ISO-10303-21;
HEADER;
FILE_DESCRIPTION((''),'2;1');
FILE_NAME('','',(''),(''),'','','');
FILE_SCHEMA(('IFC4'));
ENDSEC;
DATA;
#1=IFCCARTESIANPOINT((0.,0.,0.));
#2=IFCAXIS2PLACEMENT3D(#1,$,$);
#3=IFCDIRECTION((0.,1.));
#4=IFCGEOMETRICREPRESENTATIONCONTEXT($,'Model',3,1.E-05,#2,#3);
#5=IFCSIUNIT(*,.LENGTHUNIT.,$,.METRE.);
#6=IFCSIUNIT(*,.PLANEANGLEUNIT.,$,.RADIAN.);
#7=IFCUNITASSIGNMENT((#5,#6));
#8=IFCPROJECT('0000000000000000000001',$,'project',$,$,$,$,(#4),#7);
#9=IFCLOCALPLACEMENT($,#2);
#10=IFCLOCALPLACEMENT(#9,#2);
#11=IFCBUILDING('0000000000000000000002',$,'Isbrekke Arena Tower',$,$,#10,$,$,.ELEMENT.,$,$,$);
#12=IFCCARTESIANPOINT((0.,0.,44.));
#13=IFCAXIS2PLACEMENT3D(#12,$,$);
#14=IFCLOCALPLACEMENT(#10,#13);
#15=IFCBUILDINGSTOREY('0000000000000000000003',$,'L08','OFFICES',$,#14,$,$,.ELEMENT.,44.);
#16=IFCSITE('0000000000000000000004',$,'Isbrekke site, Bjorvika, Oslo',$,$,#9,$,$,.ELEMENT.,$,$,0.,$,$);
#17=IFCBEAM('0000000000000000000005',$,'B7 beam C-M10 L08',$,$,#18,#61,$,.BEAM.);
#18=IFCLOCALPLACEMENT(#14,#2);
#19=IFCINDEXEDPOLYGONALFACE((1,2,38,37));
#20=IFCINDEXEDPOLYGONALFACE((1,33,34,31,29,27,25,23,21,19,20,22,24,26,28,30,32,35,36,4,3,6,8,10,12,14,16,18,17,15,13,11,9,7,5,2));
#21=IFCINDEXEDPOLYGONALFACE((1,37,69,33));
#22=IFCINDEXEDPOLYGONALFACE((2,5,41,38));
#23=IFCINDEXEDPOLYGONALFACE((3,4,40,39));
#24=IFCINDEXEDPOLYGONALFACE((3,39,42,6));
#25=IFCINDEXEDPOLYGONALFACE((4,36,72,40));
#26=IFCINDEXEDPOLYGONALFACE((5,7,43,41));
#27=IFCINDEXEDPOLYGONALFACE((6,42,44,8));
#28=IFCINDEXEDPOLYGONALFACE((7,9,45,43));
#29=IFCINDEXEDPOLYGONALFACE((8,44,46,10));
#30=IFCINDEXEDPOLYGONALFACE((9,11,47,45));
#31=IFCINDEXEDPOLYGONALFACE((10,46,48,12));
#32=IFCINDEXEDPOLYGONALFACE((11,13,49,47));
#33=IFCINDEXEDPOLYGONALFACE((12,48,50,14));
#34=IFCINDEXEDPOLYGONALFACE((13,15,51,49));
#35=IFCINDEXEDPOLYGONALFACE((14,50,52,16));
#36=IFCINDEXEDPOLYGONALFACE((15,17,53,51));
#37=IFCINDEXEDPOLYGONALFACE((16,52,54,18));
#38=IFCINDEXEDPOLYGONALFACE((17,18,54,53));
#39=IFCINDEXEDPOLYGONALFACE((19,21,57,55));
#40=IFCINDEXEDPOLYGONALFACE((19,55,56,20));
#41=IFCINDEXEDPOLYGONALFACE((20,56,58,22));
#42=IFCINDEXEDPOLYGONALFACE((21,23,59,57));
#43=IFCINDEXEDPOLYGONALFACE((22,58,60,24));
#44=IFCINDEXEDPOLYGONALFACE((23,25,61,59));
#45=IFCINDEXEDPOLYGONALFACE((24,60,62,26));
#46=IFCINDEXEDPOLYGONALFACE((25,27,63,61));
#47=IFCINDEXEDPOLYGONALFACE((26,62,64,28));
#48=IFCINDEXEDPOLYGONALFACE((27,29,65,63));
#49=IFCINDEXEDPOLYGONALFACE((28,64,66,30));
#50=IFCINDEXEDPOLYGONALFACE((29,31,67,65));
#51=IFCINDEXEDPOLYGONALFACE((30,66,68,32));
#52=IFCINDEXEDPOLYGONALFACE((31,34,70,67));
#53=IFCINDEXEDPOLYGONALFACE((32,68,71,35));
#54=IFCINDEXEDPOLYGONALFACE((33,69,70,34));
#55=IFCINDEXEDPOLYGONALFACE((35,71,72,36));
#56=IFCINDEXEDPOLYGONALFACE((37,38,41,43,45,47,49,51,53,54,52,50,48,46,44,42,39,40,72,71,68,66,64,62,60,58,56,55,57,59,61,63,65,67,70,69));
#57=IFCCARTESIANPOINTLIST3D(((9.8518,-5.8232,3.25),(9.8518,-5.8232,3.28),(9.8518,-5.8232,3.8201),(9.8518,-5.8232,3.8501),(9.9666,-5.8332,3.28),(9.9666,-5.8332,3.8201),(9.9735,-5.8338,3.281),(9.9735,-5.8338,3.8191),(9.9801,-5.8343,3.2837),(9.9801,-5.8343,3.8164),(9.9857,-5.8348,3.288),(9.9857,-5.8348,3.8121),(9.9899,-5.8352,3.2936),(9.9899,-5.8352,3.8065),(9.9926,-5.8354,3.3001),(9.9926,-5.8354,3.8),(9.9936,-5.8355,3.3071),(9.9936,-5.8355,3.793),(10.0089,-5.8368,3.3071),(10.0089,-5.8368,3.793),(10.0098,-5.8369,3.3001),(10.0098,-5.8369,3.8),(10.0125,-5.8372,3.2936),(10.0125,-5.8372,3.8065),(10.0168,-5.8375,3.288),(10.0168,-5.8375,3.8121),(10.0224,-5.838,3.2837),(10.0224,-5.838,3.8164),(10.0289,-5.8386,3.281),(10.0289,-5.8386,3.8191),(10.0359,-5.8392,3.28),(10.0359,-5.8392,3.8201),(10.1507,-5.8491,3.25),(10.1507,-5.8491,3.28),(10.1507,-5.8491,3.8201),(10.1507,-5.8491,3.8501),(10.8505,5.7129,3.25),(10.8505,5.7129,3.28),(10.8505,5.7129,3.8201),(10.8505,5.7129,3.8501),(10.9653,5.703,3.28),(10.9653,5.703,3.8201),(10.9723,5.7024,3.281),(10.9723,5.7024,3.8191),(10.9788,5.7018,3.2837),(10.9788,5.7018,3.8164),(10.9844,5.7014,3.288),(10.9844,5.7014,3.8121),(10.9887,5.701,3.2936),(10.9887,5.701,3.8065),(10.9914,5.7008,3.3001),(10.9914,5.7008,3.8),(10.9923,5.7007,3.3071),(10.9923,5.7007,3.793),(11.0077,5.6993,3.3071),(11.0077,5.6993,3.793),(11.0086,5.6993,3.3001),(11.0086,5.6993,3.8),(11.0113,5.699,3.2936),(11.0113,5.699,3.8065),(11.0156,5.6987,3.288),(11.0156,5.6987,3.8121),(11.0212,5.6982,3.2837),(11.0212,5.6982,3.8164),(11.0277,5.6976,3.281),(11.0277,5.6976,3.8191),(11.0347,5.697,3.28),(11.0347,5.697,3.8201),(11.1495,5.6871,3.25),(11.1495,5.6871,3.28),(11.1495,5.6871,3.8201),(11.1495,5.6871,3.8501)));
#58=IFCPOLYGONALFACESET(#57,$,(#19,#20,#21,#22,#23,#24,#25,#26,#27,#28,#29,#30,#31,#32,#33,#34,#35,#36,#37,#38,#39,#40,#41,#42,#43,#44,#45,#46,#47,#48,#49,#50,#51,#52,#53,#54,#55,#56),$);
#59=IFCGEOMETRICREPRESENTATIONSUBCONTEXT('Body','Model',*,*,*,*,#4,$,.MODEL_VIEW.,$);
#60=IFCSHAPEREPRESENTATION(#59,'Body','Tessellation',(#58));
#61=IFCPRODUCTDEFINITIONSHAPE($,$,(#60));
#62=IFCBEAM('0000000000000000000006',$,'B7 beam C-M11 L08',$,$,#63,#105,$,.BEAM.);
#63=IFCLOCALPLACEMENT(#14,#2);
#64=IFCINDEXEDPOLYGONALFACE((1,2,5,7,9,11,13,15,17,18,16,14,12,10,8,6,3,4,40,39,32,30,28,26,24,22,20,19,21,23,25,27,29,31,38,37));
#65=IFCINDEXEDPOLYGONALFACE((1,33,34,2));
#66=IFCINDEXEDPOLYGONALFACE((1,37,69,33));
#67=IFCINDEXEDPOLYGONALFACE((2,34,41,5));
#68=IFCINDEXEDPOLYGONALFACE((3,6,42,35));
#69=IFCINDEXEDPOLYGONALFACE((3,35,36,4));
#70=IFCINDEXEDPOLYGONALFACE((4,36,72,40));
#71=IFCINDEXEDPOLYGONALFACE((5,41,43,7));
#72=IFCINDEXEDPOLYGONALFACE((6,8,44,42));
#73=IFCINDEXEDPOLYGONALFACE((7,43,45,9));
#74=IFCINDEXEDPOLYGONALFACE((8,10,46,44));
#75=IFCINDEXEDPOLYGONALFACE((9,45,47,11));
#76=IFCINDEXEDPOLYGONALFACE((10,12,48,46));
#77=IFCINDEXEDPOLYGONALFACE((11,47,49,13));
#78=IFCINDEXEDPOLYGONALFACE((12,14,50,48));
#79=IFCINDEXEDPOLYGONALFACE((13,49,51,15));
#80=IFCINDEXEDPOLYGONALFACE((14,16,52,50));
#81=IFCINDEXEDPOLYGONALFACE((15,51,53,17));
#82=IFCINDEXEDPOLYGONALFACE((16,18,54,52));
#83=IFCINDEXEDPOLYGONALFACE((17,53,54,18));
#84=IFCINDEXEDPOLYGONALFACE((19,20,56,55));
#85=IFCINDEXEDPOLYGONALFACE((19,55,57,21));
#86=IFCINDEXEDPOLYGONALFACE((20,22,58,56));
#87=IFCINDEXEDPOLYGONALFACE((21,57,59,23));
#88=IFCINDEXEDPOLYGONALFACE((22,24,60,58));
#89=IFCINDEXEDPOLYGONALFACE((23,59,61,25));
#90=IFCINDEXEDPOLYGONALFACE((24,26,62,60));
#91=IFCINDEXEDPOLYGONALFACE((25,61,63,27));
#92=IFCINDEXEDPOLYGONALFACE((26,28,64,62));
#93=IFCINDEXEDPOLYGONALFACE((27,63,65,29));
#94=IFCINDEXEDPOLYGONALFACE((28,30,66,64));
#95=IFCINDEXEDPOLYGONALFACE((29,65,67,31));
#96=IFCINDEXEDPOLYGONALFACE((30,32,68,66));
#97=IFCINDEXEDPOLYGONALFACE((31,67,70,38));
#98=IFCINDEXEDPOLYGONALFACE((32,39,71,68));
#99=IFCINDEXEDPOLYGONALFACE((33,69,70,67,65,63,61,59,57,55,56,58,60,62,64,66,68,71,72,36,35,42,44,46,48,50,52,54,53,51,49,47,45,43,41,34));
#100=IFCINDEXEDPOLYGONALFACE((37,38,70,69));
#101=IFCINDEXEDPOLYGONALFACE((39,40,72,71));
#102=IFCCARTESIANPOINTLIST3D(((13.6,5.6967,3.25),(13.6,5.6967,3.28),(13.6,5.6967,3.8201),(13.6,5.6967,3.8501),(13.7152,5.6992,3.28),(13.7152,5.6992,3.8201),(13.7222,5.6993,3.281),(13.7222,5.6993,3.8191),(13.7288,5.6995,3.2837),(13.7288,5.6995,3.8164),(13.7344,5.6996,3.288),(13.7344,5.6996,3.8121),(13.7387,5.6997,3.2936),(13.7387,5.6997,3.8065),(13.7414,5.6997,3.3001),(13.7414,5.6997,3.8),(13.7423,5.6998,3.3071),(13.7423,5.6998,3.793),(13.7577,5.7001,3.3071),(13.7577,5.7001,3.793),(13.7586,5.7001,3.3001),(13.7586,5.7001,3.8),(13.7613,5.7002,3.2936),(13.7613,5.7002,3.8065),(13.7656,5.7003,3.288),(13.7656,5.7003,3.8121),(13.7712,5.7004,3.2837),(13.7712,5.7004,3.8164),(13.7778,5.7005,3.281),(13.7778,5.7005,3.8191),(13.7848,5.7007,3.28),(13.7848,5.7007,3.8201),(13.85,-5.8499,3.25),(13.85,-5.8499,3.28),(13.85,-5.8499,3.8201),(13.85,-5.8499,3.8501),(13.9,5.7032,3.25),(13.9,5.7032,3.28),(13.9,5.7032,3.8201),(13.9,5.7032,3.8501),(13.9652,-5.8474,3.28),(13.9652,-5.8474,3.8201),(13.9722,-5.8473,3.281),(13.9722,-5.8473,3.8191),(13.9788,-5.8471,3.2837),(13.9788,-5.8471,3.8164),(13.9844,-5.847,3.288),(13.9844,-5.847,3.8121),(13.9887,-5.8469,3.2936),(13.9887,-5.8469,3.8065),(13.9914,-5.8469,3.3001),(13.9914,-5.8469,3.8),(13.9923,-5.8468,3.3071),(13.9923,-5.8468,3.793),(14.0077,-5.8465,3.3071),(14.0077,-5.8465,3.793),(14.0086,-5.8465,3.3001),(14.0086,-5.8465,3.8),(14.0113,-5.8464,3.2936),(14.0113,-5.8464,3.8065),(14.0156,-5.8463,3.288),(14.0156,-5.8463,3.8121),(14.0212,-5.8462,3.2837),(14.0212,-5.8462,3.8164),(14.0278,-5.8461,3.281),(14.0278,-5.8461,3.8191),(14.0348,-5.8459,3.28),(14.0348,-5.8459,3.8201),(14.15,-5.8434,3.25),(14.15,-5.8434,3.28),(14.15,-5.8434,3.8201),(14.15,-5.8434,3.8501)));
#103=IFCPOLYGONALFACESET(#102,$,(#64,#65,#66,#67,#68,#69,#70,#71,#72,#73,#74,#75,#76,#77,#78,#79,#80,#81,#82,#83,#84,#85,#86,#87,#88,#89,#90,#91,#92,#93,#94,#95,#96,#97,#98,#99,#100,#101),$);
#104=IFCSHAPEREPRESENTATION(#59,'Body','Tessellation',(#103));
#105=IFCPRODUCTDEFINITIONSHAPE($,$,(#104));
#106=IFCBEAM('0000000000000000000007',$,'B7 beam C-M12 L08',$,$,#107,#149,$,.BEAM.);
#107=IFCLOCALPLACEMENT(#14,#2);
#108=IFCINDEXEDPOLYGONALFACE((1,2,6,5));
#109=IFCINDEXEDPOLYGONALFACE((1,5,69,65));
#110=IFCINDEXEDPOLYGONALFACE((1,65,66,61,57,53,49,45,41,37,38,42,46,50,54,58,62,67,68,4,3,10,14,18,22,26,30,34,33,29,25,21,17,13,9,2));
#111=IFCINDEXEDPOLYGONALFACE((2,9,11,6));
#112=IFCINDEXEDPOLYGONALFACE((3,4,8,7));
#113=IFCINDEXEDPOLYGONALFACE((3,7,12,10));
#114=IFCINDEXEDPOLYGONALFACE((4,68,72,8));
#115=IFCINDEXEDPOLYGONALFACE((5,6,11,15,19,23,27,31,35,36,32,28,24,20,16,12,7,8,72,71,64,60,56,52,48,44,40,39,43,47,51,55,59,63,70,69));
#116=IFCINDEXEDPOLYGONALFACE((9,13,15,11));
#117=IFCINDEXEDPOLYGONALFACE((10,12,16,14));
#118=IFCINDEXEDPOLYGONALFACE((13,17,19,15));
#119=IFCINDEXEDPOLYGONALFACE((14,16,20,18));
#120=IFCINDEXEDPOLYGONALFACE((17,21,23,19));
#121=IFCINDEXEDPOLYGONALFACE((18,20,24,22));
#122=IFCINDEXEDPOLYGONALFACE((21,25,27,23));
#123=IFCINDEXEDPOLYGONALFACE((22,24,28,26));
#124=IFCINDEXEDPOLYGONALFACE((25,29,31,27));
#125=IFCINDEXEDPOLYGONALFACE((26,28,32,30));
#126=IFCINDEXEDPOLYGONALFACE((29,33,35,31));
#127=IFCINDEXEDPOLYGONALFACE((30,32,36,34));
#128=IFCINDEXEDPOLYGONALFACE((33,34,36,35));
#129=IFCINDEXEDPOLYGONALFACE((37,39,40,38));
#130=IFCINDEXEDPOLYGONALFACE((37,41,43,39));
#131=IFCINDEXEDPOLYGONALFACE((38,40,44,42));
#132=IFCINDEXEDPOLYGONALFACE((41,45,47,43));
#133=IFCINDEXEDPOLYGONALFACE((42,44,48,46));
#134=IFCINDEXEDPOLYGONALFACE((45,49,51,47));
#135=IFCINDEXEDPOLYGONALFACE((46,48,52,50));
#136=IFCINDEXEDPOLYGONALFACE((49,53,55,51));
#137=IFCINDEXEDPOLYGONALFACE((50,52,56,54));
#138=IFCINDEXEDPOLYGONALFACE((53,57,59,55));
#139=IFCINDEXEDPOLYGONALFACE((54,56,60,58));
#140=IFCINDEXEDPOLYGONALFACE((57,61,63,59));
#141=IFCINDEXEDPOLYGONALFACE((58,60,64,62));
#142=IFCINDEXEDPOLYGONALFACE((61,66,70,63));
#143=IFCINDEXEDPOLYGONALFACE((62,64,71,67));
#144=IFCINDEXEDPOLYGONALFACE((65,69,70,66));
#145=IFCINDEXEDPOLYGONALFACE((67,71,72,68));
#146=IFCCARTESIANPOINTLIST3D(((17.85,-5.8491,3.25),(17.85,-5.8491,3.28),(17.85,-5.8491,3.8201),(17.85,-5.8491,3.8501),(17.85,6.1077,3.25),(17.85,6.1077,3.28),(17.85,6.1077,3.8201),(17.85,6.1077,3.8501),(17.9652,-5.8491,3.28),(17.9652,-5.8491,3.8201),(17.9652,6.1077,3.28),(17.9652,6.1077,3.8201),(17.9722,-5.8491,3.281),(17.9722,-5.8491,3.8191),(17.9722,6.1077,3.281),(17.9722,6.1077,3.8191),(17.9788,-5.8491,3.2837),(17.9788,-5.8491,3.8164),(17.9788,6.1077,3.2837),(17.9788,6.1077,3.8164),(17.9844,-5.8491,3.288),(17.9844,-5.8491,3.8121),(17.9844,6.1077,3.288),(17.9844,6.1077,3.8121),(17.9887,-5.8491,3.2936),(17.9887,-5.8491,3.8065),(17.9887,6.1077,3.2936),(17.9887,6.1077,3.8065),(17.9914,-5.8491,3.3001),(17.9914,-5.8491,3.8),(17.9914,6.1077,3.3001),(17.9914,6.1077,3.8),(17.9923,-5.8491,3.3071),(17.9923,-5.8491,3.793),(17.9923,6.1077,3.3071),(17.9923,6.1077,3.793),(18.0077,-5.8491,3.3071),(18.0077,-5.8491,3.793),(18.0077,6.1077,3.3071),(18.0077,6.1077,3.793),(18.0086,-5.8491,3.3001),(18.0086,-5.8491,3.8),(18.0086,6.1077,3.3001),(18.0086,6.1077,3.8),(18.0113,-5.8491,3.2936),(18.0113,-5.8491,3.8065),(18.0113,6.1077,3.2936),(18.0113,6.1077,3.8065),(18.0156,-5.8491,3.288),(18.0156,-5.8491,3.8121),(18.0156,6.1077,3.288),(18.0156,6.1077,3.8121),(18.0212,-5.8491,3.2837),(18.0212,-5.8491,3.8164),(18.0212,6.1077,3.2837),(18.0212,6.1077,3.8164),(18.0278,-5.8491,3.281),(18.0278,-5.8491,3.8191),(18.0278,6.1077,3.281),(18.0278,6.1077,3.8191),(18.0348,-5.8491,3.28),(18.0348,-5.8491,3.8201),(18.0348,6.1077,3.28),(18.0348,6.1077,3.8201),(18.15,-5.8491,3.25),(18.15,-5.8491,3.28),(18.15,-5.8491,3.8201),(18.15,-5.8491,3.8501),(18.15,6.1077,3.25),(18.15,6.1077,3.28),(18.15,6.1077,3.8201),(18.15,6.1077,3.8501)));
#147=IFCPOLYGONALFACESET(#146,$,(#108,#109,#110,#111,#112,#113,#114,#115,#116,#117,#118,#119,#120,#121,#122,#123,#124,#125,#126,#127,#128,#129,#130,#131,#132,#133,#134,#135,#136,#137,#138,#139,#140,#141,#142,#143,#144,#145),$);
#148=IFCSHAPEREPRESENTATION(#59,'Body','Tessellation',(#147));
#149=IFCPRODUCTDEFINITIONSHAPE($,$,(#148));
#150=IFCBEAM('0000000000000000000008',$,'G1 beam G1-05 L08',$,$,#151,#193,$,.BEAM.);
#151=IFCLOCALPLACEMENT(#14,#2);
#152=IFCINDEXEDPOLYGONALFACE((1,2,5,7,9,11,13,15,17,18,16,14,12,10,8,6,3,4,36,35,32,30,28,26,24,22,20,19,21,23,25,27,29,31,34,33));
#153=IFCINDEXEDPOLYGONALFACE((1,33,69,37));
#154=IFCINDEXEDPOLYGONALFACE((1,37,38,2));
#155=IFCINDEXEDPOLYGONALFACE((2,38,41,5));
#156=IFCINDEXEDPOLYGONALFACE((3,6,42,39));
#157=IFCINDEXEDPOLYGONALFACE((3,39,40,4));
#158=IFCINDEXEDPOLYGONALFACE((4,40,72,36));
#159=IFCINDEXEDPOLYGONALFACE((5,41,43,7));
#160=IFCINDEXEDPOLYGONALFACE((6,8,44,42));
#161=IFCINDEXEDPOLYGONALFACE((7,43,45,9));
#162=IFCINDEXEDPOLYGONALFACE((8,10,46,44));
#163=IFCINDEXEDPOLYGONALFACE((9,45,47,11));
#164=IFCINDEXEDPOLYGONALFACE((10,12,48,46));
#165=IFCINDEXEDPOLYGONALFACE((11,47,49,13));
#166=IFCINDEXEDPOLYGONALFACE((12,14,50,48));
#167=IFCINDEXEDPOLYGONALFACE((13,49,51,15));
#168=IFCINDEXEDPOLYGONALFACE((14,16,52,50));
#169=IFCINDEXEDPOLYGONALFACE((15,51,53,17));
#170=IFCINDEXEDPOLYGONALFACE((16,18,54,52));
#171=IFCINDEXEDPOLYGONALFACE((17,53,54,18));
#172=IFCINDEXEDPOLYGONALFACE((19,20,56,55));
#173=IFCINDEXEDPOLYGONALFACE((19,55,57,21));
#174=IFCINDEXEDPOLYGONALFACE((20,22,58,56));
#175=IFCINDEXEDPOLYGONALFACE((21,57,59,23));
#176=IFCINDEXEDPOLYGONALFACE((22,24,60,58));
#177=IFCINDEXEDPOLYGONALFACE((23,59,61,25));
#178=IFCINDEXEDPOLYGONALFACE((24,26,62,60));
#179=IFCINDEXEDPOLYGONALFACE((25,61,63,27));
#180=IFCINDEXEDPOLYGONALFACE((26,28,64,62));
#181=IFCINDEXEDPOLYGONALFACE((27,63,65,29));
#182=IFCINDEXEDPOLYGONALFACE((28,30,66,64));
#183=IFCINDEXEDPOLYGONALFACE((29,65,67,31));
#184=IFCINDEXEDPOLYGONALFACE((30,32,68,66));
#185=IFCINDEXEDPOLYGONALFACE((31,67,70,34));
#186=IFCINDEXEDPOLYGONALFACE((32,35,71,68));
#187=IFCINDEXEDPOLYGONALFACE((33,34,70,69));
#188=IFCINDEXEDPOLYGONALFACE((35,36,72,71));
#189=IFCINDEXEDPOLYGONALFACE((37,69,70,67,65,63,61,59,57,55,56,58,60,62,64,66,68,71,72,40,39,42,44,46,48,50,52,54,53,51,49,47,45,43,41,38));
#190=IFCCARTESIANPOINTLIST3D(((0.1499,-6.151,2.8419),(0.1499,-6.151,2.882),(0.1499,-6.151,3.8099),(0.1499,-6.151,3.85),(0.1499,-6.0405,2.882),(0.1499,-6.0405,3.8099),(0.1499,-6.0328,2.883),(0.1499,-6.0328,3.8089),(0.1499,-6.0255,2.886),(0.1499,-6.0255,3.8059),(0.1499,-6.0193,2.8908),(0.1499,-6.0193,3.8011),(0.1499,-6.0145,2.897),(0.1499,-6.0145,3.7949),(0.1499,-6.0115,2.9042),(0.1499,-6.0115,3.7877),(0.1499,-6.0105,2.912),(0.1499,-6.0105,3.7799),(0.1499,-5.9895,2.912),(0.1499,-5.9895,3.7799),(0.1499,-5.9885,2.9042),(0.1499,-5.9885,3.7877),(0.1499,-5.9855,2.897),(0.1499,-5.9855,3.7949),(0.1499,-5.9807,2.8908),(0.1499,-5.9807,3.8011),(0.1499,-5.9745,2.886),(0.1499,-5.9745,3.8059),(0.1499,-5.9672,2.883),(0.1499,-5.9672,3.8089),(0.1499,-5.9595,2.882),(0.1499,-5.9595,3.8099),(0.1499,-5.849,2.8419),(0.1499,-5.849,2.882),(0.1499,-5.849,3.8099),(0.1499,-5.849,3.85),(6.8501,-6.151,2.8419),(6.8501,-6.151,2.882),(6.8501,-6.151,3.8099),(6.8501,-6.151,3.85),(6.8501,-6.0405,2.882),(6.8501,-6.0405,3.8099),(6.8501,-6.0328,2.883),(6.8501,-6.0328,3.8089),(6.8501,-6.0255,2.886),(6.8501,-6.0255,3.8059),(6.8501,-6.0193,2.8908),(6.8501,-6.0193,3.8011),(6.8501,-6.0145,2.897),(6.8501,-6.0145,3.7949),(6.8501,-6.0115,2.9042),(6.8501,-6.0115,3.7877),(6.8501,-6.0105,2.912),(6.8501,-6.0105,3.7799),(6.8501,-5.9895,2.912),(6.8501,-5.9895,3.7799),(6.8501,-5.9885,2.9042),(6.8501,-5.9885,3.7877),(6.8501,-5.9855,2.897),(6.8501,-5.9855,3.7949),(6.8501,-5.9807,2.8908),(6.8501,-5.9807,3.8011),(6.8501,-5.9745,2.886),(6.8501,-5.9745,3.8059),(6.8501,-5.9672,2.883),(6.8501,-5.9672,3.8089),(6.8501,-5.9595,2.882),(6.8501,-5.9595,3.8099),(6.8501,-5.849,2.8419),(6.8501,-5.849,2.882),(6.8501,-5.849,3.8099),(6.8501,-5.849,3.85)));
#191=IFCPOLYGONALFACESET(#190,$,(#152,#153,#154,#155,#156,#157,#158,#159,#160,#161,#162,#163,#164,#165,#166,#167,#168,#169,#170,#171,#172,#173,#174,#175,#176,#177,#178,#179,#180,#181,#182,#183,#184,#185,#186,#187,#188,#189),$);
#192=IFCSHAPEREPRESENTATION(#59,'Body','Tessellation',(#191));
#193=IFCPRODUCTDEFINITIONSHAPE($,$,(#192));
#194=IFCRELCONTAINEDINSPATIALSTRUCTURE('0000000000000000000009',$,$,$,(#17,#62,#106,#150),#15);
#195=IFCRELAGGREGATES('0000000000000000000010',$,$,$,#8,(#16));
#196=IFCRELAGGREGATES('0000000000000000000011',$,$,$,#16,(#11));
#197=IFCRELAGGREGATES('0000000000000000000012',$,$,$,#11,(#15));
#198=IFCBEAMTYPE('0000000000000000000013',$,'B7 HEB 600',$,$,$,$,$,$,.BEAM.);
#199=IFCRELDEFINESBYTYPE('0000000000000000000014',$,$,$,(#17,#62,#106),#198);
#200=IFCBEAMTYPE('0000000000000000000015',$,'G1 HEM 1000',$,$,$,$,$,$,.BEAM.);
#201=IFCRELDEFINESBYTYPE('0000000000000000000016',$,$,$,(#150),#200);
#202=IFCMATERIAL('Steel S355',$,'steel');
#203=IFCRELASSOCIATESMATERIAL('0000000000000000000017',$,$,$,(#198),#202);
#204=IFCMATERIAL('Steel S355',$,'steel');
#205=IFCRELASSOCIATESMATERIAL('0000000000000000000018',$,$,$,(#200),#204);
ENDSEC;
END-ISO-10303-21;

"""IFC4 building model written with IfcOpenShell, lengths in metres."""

from ifc_helpers import new_model, si_unit, direction, frame, origin, origin_2d, place, context, subcontext, project, spatial, i_section, extrude, material, material_profile, profile_set, type_object, element, save


model = new_model("IFC4")

# Units and contexts
model_context = context("Model", 3, precision=1e-05, world=origin(), true_north=direction((0.0, 1.0)))
body_context = subcontext(model_context, "Body", "Model", "MODEL_VIEW")
ifc_project = project(units=[si_unit("LENGTHUNIT", "METRE"), si_unit("PLANEANGLEUNIT", "RADIAN")], contexts=[model_context])

# Site, building, storey
site_placement = place(None, origin())
site = spatial("IfcSite", under=ifc_project, at=site_placement, Name="Isbrekke site, Bjorvika, Oslo", CompositionType="ELEMENT", RefElevation=0.0)
building_placement = place(site_placement, origin())
building = spatial("IfcBuilding", under=site, at=building_placement, Name="Isbrekke Arena Tower", CompositionType="ELEMENT")
storey_placement = place(building_placement, frame((0.0, 0.0, 44.0)))
storey = spatial("IfcBuildingStorey", under=building, at=storey_placement, Name="L08", Description="OFFICES", CompositionType="ELEMENT", Elevation=44.0)

# Beams
ifc_material_1 = material(Name="Steel S355", Category="steel")
ifc_material_profile_1 = material_profile(ifc_material_1, i_section(OverallWidth=0.3, OverallDepth=0.6001, WebThickness=0.0154, FlangeThickness=0.03, FilletRadius=0.0271, at=origin_2d()), Name="HEB 600")
ifc_profile_set_1 = profile_set([ifc_material_profile_1], Name="Steel S355")
beam_type_1 = type_object("IfcBeamType", Name="B7 HEB 600", PredefinedType="BEAM", material=ifc_profile_set_1)
beam_1_placement = place(storey_placement, frame((10.0012, -5.8362, 3.55), z_axis=(0.086256, 0.996273, 0.0), x_axis=(-0.996273, 0.086256, 0.0)))
element("IfcBeam", 1, at=beam_1_placement, inside=storey, type_object=beam_type_1, Name="B7 beam C-M10 L08", PredefinedType="BEAM", context=body_context, shape_type="SweptSolid", body=[
    extrude(i_section(OverallWidth=0.3, OverallDepth=0.6001, WebThickness=0.0154, FlangeThickness=0.03, FilletRadius=0.0271, at=origin_2d()), origin(), (0.0, 0.0, 1.0), 11.5793),
])
beam_2_placement = place(storey_placement, frame((14.0, -5.8467, 3.55), z_axis=(-0.021646, 0.999766, 0.0), x_axis=(-0.999766, -0.021646, 0.0)))
element("IfcBeam", 2, at=beam_2_placement, inside=storey, type_object=beam_type_1, Name="B7 beam C-M11 L08", PredefinedType="BEAM", context=body_context, shape_type="SweptSolid", body=[
    extrude(i_section(OverallWidth=0.3, OverallDepth=0.6001, WebThickness=0.0154, FlangeThickness=0.03, FilletRadius=0.0271, at=origin_2d()), origin(), (0.0, 0.0, 1.0), 11.5493),
])
beam_3_placement = place(storey_placement, frame((18.0, -5.8491, 3.55), z_axis=(0.0, 1.0, 0.0), x_axis=(-1.0, 0.0, 0.0)))
element("IfcBeam", 3, at=beam_3_placement, inside=storey, type_object=beam_type_1, Name="B7 beam C-M12 L08", PredefinedType="BEAM", context=body_context, shape_type="SweptSolid", body=[
    extrude(i_section(OverallWidth=0.3, OverallDepth=0.6001, WebThickness=0.0154, FlangeThickness=0.03, FilletRadius=0.0271, at=origin_2d()), origin(), (0.0, 0.0, 1.0), 11.9568),
])
ifc_material_2 = material(Name="Steel S355", Category="steel")
ifc_material_profile_2 = material_profile(ifc_material_2, i_section(OverallWidth=0.302, OverallDepth=1.0081, WebThickness=0.021, FlangeThickness=0.04, FilletRadius=0.03, at=origin_2d()), Name="HEM 1000")
ifc_profile_set_2 = profile_set([ifc_material_profile_2], Name="Steel S355")
beam_type_2 = type_object("IfcBeamType", Name="G1 HEM 1000", PredefinedType="BEAM", material=ifc_profile_set_2)
for number, where, z_axis, x_axis, name in (
    (4, (0.1499, -6.0, 3.3459), (1.0, 0.0, 0.0), (0.0, 1.0, 0.0), "G1 beam G1-05 L08"),
):
    element("IfcBeam", number, at=place(storey_placement, frame(where, z_axis=z_axis, x_axis=x_axis)), inside=storey, type_object=beam_type_2, Name=name, PredefinedType="BEAM", context=body_context, shape_type="SweptSolid", body=[
        extrude(i_section(OverallWidth=0.302, OverallDepth=1.0081, WebThickness=0.021, FlangeThickness=0.04, FilletRadius=0.03, at=origin_2d()), origin(), (0.0, 0.0, 1.0), 6.7002),
    ])

save(model, "model.ifc")
